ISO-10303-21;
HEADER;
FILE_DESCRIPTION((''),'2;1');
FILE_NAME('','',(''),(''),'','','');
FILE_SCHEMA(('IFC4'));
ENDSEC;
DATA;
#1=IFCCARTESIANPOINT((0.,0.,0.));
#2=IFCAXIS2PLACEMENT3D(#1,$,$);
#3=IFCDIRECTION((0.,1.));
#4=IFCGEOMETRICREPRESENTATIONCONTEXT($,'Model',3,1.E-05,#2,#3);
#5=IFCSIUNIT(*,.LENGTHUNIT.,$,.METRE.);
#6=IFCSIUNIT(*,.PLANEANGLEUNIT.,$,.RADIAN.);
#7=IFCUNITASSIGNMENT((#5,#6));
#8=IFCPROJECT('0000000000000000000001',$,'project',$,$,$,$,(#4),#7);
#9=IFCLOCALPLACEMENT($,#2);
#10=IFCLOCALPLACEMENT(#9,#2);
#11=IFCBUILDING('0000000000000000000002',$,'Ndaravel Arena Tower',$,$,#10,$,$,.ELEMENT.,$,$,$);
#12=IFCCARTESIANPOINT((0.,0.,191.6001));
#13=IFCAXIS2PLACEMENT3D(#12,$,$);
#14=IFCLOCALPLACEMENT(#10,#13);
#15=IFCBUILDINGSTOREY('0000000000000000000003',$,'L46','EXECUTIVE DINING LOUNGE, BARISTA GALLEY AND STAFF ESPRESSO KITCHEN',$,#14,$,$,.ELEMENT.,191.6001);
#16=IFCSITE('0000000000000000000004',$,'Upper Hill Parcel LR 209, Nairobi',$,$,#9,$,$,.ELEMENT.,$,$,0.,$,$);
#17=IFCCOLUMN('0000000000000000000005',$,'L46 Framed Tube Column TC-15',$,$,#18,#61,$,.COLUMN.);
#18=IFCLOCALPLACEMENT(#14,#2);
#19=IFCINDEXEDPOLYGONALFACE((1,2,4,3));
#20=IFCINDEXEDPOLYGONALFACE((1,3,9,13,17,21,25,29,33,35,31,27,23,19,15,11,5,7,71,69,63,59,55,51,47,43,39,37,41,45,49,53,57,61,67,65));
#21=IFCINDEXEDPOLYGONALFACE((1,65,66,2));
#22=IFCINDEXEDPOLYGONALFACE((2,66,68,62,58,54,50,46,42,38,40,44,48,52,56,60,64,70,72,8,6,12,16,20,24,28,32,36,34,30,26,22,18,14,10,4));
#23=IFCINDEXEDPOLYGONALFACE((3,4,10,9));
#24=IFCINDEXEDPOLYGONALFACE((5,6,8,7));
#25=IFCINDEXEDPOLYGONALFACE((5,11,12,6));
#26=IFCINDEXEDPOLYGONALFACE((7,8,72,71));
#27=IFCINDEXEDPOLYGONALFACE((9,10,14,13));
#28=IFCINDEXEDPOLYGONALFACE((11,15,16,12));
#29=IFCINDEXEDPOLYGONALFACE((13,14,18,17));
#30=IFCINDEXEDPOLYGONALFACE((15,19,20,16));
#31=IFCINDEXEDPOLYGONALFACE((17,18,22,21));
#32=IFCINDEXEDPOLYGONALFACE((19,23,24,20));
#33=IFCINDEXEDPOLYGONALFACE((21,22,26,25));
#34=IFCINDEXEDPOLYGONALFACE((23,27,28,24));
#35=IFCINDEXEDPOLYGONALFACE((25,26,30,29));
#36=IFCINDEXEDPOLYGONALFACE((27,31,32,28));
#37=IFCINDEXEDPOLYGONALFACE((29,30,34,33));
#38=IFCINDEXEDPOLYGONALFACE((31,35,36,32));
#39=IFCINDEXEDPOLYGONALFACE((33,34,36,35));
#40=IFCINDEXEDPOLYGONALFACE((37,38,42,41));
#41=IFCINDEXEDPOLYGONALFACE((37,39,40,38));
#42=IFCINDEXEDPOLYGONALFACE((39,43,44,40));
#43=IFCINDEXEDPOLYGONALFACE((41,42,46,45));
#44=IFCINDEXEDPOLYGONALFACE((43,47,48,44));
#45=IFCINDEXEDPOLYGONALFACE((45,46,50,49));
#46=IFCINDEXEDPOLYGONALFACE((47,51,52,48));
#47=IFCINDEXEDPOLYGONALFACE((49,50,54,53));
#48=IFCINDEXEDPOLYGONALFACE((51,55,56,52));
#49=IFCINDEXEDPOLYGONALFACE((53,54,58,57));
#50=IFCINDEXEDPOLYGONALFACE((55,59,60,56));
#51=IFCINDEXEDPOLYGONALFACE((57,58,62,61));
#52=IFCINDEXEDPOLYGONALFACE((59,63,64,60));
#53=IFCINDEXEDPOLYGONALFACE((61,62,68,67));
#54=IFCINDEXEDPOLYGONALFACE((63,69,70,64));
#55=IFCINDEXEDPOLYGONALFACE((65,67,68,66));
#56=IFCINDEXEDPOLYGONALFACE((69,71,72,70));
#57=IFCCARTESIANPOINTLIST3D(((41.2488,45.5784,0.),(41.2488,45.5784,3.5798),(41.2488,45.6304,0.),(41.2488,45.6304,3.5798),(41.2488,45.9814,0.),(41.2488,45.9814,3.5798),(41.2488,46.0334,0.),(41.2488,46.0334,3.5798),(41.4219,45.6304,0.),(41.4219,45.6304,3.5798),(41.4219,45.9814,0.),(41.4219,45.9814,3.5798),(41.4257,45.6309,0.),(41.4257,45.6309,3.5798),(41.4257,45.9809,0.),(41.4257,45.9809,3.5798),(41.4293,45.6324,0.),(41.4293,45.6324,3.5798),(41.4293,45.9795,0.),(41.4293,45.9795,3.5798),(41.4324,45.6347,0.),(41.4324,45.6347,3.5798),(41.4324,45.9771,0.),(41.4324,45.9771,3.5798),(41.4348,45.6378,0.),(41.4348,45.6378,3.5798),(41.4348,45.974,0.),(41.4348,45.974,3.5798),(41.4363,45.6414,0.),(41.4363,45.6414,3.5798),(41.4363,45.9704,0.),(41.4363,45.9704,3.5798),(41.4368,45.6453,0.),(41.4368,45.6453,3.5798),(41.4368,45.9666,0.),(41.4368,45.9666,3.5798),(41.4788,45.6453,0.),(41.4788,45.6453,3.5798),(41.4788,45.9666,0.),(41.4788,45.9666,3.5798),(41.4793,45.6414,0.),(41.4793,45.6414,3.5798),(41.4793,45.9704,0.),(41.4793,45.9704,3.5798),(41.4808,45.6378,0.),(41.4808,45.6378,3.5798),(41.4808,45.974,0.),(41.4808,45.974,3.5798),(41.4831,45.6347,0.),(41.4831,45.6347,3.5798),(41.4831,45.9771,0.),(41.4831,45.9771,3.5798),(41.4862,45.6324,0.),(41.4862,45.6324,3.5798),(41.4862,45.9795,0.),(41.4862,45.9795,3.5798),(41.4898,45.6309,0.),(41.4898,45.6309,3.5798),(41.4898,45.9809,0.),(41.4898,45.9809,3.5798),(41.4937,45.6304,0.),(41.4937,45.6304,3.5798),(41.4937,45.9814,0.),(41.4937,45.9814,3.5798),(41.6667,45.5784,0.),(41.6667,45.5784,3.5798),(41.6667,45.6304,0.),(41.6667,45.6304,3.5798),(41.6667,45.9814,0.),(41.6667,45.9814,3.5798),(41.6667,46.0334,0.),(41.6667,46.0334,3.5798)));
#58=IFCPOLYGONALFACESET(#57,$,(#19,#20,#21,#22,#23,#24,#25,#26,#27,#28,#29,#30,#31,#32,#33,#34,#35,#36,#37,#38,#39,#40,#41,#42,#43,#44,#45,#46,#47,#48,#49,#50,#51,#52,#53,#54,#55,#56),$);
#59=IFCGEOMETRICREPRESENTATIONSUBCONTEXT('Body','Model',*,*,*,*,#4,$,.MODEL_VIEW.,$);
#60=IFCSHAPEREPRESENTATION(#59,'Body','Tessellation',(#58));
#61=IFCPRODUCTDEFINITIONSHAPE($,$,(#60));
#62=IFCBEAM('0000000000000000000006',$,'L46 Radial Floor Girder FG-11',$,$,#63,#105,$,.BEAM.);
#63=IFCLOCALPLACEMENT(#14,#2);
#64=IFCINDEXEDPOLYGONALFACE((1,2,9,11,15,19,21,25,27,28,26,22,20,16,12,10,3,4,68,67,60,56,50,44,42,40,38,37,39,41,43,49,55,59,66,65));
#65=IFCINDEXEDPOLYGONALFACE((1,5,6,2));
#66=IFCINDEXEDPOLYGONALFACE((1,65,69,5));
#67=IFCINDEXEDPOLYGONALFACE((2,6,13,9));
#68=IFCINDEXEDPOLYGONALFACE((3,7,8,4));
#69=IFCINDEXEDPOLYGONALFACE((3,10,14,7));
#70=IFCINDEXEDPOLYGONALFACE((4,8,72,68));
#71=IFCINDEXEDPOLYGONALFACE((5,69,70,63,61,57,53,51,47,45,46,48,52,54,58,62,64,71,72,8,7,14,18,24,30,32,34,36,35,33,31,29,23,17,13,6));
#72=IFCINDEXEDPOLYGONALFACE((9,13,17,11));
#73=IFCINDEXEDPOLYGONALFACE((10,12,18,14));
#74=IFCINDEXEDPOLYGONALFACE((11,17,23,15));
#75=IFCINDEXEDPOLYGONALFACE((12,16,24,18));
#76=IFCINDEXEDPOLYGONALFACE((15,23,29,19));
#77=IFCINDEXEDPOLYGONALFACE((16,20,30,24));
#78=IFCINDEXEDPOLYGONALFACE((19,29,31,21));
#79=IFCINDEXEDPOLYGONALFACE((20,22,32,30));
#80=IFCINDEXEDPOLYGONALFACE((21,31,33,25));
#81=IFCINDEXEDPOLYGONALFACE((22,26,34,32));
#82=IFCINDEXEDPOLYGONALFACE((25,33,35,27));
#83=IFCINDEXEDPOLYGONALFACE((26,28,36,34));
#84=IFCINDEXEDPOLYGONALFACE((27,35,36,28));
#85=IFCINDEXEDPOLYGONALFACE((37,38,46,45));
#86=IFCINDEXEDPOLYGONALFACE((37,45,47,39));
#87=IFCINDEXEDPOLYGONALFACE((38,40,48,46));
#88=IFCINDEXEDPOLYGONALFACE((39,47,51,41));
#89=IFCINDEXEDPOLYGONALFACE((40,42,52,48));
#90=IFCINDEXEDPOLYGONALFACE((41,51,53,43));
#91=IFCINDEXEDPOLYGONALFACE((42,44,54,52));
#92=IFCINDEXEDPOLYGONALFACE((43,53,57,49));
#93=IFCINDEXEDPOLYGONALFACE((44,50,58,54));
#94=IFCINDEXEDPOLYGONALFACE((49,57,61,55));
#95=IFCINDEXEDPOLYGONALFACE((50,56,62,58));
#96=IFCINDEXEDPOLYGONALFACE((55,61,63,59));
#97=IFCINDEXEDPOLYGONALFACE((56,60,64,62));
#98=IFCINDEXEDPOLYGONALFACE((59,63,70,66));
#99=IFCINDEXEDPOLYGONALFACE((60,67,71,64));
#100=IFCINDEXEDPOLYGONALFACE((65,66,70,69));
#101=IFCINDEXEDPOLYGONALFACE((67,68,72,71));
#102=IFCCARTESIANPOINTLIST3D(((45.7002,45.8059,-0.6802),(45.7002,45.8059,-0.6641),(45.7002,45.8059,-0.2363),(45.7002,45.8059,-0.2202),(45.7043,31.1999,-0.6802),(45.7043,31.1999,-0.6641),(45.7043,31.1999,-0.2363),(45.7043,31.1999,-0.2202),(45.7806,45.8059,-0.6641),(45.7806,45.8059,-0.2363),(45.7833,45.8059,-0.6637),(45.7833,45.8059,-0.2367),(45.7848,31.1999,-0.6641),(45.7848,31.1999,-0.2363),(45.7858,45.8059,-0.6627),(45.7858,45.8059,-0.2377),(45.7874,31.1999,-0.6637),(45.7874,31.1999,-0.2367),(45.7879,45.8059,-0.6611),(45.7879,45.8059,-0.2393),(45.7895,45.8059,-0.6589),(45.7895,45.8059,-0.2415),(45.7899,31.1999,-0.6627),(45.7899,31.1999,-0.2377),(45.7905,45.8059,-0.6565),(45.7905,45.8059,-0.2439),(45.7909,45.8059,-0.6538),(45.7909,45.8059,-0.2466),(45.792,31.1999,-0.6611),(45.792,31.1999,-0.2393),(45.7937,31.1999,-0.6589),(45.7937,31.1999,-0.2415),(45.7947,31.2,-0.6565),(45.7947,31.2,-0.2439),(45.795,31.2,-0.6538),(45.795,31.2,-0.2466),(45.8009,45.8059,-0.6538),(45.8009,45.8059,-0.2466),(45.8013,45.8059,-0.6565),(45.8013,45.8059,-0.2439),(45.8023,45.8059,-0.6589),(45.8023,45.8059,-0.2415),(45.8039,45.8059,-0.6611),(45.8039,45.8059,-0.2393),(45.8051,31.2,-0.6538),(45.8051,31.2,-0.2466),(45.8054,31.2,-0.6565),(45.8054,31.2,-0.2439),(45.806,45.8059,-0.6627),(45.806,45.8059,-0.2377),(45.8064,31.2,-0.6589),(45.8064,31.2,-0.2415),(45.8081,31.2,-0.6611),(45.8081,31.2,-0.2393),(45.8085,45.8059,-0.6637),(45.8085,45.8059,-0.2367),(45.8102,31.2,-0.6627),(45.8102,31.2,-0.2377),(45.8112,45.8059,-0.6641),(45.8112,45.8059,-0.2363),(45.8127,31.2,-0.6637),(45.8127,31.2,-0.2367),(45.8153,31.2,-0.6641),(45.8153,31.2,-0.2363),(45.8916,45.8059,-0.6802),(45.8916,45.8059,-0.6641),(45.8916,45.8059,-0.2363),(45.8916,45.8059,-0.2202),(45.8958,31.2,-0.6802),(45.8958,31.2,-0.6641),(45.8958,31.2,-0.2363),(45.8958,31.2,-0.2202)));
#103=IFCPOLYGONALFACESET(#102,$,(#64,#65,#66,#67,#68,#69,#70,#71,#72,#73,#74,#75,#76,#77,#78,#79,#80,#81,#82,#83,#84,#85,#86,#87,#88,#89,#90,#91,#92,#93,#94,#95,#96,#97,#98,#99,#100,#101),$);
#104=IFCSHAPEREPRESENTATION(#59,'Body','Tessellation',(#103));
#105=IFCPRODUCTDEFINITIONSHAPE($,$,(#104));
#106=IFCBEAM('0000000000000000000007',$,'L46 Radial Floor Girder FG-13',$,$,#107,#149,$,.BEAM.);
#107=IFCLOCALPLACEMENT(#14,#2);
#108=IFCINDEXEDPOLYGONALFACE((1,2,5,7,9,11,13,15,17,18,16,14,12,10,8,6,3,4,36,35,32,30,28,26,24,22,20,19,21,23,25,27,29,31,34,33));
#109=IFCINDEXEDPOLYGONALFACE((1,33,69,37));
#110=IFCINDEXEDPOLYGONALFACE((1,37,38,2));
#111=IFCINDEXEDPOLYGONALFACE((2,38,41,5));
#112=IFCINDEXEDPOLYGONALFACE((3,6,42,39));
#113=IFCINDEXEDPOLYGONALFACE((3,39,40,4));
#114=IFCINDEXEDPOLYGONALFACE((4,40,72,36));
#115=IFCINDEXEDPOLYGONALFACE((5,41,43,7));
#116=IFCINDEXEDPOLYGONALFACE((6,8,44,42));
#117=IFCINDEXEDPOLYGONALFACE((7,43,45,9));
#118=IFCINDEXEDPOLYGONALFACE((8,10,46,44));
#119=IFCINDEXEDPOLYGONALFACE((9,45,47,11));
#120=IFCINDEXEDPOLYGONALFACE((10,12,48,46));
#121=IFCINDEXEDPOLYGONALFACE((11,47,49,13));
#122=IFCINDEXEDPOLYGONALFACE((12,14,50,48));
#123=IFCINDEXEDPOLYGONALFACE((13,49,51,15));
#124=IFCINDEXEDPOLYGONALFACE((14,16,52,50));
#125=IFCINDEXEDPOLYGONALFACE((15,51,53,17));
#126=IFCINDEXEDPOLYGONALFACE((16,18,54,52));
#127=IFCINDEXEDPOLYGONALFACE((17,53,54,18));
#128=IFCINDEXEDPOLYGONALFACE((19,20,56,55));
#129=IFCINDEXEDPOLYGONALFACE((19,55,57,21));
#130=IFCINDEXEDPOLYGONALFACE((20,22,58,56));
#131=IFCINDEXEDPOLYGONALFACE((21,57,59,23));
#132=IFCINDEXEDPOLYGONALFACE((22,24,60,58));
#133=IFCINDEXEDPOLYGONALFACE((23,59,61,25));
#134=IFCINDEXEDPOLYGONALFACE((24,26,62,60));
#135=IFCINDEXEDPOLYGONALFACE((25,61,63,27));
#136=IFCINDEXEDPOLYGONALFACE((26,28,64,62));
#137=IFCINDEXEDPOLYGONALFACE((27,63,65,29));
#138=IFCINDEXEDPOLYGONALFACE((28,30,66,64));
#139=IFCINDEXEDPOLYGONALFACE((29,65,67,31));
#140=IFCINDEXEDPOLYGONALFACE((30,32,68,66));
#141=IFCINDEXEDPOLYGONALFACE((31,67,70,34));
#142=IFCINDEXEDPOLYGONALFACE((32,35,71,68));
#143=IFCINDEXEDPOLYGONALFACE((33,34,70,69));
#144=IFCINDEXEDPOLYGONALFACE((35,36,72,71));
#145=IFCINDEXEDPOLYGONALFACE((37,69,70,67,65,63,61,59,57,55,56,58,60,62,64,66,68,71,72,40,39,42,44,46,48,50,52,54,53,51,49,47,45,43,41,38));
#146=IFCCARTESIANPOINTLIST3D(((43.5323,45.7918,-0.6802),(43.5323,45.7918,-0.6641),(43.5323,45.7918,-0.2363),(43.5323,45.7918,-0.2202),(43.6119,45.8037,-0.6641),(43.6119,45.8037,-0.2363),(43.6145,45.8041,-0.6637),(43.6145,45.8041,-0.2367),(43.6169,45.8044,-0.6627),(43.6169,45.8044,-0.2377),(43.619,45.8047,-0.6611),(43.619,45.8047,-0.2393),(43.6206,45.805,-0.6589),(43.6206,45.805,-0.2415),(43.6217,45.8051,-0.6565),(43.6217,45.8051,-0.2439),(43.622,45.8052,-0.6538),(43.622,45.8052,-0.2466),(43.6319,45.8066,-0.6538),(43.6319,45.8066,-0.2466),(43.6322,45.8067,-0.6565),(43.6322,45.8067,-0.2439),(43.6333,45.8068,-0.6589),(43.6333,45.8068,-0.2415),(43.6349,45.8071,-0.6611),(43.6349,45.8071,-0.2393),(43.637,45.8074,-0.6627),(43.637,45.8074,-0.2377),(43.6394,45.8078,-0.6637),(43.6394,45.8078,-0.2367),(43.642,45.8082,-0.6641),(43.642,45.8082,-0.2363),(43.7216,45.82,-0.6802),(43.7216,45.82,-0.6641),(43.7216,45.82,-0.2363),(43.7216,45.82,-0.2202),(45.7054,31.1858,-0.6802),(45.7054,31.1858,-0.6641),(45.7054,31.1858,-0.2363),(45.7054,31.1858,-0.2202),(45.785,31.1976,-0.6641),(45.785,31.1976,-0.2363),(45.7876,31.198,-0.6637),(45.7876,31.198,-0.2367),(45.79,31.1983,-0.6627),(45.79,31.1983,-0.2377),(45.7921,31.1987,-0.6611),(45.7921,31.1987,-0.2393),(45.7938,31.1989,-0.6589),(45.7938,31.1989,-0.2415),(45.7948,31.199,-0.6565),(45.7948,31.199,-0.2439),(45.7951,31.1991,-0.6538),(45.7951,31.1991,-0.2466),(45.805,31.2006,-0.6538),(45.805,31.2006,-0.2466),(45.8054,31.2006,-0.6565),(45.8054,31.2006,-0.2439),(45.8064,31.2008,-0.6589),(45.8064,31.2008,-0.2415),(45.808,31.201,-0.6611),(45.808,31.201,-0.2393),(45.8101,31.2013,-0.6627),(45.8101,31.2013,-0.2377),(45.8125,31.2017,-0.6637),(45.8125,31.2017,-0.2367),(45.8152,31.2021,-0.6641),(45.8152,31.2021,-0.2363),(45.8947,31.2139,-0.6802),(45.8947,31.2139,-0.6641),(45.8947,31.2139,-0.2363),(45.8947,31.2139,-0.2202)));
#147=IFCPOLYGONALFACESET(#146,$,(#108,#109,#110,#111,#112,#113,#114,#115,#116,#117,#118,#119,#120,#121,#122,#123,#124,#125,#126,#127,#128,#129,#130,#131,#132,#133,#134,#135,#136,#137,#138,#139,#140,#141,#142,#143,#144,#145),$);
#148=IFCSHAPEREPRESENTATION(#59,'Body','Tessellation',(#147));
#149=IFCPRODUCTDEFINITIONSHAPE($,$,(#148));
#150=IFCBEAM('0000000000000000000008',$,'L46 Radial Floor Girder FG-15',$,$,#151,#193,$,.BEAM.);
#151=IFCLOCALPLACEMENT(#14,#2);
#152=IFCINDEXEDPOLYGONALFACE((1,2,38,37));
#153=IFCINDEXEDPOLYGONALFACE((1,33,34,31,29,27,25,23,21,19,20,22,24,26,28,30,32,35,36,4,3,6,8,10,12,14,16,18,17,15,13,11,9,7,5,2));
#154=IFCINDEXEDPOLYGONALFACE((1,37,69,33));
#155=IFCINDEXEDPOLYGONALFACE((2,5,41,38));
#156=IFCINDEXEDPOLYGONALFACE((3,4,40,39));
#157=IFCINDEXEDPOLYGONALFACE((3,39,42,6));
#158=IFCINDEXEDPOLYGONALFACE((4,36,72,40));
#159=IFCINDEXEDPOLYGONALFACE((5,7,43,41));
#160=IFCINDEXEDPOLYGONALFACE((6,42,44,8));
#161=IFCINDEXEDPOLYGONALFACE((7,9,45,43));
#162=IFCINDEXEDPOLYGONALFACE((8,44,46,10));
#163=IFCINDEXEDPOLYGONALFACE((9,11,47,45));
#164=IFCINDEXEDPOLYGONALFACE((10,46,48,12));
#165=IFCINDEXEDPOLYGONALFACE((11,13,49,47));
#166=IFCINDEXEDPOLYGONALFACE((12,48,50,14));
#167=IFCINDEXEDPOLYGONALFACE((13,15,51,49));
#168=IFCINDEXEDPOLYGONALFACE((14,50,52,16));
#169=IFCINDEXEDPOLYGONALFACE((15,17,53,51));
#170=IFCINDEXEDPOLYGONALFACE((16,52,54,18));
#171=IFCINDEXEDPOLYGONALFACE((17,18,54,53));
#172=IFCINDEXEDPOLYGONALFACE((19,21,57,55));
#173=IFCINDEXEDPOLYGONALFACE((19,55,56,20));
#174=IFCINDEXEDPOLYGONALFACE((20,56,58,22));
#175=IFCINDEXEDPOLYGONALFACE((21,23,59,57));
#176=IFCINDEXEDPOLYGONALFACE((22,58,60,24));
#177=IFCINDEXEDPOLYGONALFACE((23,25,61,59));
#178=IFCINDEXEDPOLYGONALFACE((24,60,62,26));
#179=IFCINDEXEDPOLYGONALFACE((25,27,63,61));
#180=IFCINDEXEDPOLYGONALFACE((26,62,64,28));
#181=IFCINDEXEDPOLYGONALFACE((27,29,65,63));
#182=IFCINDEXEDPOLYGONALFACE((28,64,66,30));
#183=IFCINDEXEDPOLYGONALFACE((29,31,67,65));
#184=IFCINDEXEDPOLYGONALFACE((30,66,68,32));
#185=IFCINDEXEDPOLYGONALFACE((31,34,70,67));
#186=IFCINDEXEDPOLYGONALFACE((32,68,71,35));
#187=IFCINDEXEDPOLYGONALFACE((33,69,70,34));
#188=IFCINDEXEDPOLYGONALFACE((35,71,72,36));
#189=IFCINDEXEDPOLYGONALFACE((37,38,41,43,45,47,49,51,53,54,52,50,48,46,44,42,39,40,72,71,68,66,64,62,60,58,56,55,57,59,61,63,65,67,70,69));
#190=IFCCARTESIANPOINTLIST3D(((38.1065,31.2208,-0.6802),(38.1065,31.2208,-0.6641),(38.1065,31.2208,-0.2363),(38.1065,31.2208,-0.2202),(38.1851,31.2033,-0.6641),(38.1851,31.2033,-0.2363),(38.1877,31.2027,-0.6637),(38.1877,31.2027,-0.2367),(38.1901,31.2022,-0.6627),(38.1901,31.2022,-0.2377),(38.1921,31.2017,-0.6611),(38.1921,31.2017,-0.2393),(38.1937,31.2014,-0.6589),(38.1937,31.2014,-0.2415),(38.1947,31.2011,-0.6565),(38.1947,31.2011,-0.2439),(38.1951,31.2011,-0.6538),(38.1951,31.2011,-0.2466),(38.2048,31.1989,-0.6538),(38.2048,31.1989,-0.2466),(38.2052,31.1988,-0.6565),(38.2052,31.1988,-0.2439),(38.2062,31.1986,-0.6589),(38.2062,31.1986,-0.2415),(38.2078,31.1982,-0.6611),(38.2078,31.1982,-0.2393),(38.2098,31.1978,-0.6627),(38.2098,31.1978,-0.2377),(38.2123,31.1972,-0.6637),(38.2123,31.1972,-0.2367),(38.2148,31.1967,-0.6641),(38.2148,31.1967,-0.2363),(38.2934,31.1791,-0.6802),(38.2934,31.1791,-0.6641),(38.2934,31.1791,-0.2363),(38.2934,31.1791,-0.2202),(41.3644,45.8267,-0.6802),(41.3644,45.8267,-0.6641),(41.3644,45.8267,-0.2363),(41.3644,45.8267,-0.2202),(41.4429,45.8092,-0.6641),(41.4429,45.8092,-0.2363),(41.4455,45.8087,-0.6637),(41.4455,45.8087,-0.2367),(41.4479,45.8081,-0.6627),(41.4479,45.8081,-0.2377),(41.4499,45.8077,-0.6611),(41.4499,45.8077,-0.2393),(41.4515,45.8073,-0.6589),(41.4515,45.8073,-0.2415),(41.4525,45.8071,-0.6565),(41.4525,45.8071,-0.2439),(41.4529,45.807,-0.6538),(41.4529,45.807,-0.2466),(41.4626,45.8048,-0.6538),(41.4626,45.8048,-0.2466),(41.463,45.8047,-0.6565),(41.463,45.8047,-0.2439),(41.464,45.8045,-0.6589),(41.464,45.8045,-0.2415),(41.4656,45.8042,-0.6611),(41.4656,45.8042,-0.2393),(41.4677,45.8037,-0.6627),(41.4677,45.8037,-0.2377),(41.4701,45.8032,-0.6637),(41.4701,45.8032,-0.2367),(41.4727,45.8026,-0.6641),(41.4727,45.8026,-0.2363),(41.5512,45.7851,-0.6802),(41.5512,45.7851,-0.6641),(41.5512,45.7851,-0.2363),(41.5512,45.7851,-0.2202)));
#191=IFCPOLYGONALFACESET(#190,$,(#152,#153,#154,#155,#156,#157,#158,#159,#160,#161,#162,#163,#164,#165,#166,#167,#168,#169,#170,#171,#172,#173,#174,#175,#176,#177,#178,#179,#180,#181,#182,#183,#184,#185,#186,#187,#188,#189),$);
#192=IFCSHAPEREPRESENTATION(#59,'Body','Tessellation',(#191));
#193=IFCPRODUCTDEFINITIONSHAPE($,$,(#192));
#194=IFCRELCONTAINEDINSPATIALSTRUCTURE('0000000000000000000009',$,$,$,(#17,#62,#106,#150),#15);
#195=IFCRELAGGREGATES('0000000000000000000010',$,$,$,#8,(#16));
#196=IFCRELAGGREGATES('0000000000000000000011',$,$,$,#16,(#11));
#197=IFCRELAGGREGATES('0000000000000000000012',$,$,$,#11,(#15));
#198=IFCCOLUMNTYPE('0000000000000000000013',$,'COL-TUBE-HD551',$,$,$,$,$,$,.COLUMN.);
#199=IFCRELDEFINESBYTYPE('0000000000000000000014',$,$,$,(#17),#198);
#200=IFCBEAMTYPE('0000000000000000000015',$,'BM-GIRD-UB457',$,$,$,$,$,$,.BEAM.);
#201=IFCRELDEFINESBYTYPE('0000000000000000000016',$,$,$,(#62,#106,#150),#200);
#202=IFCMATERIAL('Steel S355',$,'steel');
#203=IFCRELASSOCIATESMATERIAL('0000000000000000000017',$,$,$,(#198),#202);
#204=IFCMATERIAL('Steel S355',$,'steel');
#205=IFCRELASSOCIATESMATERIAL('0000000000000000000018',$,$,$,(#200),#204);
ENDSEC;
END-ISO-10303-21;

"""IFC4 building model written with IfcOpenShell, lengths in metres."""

from ifc_helpers import new_model, si_unit, direction, frame, origin, origin_2d, place, context, subcontext, project, spatial, i_section, extrude, material, material_profile, profile_set, type_object, element, save


model = new_model("IFC4")

# Units and contexts
model_context = context("Model", 3, precision=1e-05, world=origin(), true_north=direction((0.0, 1.0)))
body_context = subcontext(model_context, "Body", "Model", "MODEL_VIEW")
ifc_project = project(units=[si_unit("LENGTHUNIT", "METRE"), si_unit("PLANEANGLEUNIT", "RADIAN")], contexts=[model_context])

# Site, building, storey
site_placement = place(None, origin())
site = spatial("IfcSite", under=ifc_project, at=site_placement, Name="Upper Hill Parcel LR 209, Nairobi", CompositionType="ELEMENT", RefElevation=0.0)
building_placement = place(site_placement, origin())
building = spatial("IfcBuilding", under=site, at=building_placement, Name="Ndaravel Arena Tower", CompositionType="ELEMENT")
storey_placement = place(building_placement, frame((0.0, 0.0, 191.6001)))
storey = spatial("IfcBuildingStorey", under=building, at=storey_placement, Name="L46", Description="EXECUTIVE DINING LOUNGE, BARISTA GALLEY AND STAFF ESPRESSO KITCHEN", CompositionType="ELEMENT", Elevation=191.6001)

# Column
ifc_material_1 = material(Name="Steel S355", Category="steel")
ifc_material_profile_1 = material_profile(ifc_material_1, i_section(OverallWidth=0.418, OverallDepth=0.4551, WebThickness=0.042, FlangeThickness=0.052, FilletRadius=0.0149, at=origin_2d()), Name="HD 400x551")
ifc_profile_set_1 = profile_set([ifc_material_profile_1], Name="Steel S355")
column_type = type_object("IfcColumnType", Name="COL-TUBE-HD551", PredefinedType="COLUMN", material=ifc_profile_set_1)
for number, where, z_axis, x_axis, name in (
    (1, (41.4578, 45.8059, 0.0), (0.0, 0.0, 1.0), (1.0, 0.0, 0.0), "L46 Framed Tube Column TC-15"),
):
    element("IfcColumn", number, at=place(storey_placement, frame(where, z_axis=z_axis, x_axis=x_axis)), inside=storey, type_object=column_type, Name=name, PredefinedType="COLUMN", context=body_context, shape_type="SweptSolid", body=[
        extrude(i_section(OverallWidth=0.418, OverallDepth=0.4551, WebThickness=0.042, FlangeThickness=0.052, FilletRadius=0.0149, at=origin_2d()), origin(), (0.0, 0.0, 1.0), 3.5798),
    ])

# Beams
ifc_material_2 = material(Name="Steel S355", Category="steel")
ifc_material_profile_2 = material_profile(ifc_material_2, i_section(OverallWidth=0.1914, OverallDepth=0.46, WebThickness=0.01, FlangeThickness=0.0161, FilletRadius=0.0103, at=origin_2d()), Name="UB 457x191x82")
ifc_profile_set_2 = profile_set([ifc_material_profile_2], Name="Steel S355")
beam_type_1 = type_object("IfcBeamType", Name="BM-GIRD-UB457", PredefinedType="BEAM", material=ifc_profile_set_2)
beam_1_placement = place(storey_placement, frame((45.7959, 45.8059, -0.4502), z_axis=(0.000284, -1.0, 0.0), x_axis=(1.0, 0.000284, 0.0)))
element("IfcBeam", 2, at=beam_1_placement, inside=storey, type_object=beam_type_1, Name="L46 Radial Floor Girder FG-11", PredefinedType="BEAM", context=body_context, shape_type="SweptSolid", body=[
    extrude(i_section(OverallWidth=0.1914, OverallDepth=0.46, WebThickness=0.01, FlangeThickness=0.0161, FilletRadius=0.0103, at=origin_2d()), origin(), (0.0, 0.0, 1.0), 14.606),
])
beam_2_placement = place(storey_placement, frame((43.627, 45.8059, -0.4502), z_axis=(0.147162, -0.989112, 0.0), x_axis=(0.989112, 0.147162, 0.0)))
element("IfcBeam", 3, at=beam_2_placement, inside=storey, type_object=beam_type_1, Name="L46 Radial Floor Girder FG-13", PredefinedType="BEAM", context=body_context, shape_type="SweptSolid", body=[
    extrude(i_section(OverallWidth=0.1914, OverallDepth=0.46, WebThickness=0.01, FlangeThickness=0.0161, FilletRadius=0.0103, at=origin_2d()), origin(), (0.0, 0.0, 1.0), 14.7668),
])
beam_3_placement = place(storey_placement, frame((41.4578, 45.8059, -0.4502), z_axis=(-0.217697, -0.976016, 0.0), x_axis=(0.976016, -0.217697, 0.0)))
element("IfcBeam", 4, at=beam_3_placement, inside=storey, type_object=beam_type_1, Name="L46 Radial Floor Girder FG-15", PredefinedType="BEAM", context=body_context, shape_type="SweptSolid", body=[
    extrude(i_section(OverallWidth=0.1914, OverallDepth=0.46, WebThickness=0.01, FlangeThickness=0.0161, FilletRadius=0.0103, at=origin_2d()), origin(), (0.0, 0.0, 1.0), 14.9648),
])

save(model, "model.ifc")
